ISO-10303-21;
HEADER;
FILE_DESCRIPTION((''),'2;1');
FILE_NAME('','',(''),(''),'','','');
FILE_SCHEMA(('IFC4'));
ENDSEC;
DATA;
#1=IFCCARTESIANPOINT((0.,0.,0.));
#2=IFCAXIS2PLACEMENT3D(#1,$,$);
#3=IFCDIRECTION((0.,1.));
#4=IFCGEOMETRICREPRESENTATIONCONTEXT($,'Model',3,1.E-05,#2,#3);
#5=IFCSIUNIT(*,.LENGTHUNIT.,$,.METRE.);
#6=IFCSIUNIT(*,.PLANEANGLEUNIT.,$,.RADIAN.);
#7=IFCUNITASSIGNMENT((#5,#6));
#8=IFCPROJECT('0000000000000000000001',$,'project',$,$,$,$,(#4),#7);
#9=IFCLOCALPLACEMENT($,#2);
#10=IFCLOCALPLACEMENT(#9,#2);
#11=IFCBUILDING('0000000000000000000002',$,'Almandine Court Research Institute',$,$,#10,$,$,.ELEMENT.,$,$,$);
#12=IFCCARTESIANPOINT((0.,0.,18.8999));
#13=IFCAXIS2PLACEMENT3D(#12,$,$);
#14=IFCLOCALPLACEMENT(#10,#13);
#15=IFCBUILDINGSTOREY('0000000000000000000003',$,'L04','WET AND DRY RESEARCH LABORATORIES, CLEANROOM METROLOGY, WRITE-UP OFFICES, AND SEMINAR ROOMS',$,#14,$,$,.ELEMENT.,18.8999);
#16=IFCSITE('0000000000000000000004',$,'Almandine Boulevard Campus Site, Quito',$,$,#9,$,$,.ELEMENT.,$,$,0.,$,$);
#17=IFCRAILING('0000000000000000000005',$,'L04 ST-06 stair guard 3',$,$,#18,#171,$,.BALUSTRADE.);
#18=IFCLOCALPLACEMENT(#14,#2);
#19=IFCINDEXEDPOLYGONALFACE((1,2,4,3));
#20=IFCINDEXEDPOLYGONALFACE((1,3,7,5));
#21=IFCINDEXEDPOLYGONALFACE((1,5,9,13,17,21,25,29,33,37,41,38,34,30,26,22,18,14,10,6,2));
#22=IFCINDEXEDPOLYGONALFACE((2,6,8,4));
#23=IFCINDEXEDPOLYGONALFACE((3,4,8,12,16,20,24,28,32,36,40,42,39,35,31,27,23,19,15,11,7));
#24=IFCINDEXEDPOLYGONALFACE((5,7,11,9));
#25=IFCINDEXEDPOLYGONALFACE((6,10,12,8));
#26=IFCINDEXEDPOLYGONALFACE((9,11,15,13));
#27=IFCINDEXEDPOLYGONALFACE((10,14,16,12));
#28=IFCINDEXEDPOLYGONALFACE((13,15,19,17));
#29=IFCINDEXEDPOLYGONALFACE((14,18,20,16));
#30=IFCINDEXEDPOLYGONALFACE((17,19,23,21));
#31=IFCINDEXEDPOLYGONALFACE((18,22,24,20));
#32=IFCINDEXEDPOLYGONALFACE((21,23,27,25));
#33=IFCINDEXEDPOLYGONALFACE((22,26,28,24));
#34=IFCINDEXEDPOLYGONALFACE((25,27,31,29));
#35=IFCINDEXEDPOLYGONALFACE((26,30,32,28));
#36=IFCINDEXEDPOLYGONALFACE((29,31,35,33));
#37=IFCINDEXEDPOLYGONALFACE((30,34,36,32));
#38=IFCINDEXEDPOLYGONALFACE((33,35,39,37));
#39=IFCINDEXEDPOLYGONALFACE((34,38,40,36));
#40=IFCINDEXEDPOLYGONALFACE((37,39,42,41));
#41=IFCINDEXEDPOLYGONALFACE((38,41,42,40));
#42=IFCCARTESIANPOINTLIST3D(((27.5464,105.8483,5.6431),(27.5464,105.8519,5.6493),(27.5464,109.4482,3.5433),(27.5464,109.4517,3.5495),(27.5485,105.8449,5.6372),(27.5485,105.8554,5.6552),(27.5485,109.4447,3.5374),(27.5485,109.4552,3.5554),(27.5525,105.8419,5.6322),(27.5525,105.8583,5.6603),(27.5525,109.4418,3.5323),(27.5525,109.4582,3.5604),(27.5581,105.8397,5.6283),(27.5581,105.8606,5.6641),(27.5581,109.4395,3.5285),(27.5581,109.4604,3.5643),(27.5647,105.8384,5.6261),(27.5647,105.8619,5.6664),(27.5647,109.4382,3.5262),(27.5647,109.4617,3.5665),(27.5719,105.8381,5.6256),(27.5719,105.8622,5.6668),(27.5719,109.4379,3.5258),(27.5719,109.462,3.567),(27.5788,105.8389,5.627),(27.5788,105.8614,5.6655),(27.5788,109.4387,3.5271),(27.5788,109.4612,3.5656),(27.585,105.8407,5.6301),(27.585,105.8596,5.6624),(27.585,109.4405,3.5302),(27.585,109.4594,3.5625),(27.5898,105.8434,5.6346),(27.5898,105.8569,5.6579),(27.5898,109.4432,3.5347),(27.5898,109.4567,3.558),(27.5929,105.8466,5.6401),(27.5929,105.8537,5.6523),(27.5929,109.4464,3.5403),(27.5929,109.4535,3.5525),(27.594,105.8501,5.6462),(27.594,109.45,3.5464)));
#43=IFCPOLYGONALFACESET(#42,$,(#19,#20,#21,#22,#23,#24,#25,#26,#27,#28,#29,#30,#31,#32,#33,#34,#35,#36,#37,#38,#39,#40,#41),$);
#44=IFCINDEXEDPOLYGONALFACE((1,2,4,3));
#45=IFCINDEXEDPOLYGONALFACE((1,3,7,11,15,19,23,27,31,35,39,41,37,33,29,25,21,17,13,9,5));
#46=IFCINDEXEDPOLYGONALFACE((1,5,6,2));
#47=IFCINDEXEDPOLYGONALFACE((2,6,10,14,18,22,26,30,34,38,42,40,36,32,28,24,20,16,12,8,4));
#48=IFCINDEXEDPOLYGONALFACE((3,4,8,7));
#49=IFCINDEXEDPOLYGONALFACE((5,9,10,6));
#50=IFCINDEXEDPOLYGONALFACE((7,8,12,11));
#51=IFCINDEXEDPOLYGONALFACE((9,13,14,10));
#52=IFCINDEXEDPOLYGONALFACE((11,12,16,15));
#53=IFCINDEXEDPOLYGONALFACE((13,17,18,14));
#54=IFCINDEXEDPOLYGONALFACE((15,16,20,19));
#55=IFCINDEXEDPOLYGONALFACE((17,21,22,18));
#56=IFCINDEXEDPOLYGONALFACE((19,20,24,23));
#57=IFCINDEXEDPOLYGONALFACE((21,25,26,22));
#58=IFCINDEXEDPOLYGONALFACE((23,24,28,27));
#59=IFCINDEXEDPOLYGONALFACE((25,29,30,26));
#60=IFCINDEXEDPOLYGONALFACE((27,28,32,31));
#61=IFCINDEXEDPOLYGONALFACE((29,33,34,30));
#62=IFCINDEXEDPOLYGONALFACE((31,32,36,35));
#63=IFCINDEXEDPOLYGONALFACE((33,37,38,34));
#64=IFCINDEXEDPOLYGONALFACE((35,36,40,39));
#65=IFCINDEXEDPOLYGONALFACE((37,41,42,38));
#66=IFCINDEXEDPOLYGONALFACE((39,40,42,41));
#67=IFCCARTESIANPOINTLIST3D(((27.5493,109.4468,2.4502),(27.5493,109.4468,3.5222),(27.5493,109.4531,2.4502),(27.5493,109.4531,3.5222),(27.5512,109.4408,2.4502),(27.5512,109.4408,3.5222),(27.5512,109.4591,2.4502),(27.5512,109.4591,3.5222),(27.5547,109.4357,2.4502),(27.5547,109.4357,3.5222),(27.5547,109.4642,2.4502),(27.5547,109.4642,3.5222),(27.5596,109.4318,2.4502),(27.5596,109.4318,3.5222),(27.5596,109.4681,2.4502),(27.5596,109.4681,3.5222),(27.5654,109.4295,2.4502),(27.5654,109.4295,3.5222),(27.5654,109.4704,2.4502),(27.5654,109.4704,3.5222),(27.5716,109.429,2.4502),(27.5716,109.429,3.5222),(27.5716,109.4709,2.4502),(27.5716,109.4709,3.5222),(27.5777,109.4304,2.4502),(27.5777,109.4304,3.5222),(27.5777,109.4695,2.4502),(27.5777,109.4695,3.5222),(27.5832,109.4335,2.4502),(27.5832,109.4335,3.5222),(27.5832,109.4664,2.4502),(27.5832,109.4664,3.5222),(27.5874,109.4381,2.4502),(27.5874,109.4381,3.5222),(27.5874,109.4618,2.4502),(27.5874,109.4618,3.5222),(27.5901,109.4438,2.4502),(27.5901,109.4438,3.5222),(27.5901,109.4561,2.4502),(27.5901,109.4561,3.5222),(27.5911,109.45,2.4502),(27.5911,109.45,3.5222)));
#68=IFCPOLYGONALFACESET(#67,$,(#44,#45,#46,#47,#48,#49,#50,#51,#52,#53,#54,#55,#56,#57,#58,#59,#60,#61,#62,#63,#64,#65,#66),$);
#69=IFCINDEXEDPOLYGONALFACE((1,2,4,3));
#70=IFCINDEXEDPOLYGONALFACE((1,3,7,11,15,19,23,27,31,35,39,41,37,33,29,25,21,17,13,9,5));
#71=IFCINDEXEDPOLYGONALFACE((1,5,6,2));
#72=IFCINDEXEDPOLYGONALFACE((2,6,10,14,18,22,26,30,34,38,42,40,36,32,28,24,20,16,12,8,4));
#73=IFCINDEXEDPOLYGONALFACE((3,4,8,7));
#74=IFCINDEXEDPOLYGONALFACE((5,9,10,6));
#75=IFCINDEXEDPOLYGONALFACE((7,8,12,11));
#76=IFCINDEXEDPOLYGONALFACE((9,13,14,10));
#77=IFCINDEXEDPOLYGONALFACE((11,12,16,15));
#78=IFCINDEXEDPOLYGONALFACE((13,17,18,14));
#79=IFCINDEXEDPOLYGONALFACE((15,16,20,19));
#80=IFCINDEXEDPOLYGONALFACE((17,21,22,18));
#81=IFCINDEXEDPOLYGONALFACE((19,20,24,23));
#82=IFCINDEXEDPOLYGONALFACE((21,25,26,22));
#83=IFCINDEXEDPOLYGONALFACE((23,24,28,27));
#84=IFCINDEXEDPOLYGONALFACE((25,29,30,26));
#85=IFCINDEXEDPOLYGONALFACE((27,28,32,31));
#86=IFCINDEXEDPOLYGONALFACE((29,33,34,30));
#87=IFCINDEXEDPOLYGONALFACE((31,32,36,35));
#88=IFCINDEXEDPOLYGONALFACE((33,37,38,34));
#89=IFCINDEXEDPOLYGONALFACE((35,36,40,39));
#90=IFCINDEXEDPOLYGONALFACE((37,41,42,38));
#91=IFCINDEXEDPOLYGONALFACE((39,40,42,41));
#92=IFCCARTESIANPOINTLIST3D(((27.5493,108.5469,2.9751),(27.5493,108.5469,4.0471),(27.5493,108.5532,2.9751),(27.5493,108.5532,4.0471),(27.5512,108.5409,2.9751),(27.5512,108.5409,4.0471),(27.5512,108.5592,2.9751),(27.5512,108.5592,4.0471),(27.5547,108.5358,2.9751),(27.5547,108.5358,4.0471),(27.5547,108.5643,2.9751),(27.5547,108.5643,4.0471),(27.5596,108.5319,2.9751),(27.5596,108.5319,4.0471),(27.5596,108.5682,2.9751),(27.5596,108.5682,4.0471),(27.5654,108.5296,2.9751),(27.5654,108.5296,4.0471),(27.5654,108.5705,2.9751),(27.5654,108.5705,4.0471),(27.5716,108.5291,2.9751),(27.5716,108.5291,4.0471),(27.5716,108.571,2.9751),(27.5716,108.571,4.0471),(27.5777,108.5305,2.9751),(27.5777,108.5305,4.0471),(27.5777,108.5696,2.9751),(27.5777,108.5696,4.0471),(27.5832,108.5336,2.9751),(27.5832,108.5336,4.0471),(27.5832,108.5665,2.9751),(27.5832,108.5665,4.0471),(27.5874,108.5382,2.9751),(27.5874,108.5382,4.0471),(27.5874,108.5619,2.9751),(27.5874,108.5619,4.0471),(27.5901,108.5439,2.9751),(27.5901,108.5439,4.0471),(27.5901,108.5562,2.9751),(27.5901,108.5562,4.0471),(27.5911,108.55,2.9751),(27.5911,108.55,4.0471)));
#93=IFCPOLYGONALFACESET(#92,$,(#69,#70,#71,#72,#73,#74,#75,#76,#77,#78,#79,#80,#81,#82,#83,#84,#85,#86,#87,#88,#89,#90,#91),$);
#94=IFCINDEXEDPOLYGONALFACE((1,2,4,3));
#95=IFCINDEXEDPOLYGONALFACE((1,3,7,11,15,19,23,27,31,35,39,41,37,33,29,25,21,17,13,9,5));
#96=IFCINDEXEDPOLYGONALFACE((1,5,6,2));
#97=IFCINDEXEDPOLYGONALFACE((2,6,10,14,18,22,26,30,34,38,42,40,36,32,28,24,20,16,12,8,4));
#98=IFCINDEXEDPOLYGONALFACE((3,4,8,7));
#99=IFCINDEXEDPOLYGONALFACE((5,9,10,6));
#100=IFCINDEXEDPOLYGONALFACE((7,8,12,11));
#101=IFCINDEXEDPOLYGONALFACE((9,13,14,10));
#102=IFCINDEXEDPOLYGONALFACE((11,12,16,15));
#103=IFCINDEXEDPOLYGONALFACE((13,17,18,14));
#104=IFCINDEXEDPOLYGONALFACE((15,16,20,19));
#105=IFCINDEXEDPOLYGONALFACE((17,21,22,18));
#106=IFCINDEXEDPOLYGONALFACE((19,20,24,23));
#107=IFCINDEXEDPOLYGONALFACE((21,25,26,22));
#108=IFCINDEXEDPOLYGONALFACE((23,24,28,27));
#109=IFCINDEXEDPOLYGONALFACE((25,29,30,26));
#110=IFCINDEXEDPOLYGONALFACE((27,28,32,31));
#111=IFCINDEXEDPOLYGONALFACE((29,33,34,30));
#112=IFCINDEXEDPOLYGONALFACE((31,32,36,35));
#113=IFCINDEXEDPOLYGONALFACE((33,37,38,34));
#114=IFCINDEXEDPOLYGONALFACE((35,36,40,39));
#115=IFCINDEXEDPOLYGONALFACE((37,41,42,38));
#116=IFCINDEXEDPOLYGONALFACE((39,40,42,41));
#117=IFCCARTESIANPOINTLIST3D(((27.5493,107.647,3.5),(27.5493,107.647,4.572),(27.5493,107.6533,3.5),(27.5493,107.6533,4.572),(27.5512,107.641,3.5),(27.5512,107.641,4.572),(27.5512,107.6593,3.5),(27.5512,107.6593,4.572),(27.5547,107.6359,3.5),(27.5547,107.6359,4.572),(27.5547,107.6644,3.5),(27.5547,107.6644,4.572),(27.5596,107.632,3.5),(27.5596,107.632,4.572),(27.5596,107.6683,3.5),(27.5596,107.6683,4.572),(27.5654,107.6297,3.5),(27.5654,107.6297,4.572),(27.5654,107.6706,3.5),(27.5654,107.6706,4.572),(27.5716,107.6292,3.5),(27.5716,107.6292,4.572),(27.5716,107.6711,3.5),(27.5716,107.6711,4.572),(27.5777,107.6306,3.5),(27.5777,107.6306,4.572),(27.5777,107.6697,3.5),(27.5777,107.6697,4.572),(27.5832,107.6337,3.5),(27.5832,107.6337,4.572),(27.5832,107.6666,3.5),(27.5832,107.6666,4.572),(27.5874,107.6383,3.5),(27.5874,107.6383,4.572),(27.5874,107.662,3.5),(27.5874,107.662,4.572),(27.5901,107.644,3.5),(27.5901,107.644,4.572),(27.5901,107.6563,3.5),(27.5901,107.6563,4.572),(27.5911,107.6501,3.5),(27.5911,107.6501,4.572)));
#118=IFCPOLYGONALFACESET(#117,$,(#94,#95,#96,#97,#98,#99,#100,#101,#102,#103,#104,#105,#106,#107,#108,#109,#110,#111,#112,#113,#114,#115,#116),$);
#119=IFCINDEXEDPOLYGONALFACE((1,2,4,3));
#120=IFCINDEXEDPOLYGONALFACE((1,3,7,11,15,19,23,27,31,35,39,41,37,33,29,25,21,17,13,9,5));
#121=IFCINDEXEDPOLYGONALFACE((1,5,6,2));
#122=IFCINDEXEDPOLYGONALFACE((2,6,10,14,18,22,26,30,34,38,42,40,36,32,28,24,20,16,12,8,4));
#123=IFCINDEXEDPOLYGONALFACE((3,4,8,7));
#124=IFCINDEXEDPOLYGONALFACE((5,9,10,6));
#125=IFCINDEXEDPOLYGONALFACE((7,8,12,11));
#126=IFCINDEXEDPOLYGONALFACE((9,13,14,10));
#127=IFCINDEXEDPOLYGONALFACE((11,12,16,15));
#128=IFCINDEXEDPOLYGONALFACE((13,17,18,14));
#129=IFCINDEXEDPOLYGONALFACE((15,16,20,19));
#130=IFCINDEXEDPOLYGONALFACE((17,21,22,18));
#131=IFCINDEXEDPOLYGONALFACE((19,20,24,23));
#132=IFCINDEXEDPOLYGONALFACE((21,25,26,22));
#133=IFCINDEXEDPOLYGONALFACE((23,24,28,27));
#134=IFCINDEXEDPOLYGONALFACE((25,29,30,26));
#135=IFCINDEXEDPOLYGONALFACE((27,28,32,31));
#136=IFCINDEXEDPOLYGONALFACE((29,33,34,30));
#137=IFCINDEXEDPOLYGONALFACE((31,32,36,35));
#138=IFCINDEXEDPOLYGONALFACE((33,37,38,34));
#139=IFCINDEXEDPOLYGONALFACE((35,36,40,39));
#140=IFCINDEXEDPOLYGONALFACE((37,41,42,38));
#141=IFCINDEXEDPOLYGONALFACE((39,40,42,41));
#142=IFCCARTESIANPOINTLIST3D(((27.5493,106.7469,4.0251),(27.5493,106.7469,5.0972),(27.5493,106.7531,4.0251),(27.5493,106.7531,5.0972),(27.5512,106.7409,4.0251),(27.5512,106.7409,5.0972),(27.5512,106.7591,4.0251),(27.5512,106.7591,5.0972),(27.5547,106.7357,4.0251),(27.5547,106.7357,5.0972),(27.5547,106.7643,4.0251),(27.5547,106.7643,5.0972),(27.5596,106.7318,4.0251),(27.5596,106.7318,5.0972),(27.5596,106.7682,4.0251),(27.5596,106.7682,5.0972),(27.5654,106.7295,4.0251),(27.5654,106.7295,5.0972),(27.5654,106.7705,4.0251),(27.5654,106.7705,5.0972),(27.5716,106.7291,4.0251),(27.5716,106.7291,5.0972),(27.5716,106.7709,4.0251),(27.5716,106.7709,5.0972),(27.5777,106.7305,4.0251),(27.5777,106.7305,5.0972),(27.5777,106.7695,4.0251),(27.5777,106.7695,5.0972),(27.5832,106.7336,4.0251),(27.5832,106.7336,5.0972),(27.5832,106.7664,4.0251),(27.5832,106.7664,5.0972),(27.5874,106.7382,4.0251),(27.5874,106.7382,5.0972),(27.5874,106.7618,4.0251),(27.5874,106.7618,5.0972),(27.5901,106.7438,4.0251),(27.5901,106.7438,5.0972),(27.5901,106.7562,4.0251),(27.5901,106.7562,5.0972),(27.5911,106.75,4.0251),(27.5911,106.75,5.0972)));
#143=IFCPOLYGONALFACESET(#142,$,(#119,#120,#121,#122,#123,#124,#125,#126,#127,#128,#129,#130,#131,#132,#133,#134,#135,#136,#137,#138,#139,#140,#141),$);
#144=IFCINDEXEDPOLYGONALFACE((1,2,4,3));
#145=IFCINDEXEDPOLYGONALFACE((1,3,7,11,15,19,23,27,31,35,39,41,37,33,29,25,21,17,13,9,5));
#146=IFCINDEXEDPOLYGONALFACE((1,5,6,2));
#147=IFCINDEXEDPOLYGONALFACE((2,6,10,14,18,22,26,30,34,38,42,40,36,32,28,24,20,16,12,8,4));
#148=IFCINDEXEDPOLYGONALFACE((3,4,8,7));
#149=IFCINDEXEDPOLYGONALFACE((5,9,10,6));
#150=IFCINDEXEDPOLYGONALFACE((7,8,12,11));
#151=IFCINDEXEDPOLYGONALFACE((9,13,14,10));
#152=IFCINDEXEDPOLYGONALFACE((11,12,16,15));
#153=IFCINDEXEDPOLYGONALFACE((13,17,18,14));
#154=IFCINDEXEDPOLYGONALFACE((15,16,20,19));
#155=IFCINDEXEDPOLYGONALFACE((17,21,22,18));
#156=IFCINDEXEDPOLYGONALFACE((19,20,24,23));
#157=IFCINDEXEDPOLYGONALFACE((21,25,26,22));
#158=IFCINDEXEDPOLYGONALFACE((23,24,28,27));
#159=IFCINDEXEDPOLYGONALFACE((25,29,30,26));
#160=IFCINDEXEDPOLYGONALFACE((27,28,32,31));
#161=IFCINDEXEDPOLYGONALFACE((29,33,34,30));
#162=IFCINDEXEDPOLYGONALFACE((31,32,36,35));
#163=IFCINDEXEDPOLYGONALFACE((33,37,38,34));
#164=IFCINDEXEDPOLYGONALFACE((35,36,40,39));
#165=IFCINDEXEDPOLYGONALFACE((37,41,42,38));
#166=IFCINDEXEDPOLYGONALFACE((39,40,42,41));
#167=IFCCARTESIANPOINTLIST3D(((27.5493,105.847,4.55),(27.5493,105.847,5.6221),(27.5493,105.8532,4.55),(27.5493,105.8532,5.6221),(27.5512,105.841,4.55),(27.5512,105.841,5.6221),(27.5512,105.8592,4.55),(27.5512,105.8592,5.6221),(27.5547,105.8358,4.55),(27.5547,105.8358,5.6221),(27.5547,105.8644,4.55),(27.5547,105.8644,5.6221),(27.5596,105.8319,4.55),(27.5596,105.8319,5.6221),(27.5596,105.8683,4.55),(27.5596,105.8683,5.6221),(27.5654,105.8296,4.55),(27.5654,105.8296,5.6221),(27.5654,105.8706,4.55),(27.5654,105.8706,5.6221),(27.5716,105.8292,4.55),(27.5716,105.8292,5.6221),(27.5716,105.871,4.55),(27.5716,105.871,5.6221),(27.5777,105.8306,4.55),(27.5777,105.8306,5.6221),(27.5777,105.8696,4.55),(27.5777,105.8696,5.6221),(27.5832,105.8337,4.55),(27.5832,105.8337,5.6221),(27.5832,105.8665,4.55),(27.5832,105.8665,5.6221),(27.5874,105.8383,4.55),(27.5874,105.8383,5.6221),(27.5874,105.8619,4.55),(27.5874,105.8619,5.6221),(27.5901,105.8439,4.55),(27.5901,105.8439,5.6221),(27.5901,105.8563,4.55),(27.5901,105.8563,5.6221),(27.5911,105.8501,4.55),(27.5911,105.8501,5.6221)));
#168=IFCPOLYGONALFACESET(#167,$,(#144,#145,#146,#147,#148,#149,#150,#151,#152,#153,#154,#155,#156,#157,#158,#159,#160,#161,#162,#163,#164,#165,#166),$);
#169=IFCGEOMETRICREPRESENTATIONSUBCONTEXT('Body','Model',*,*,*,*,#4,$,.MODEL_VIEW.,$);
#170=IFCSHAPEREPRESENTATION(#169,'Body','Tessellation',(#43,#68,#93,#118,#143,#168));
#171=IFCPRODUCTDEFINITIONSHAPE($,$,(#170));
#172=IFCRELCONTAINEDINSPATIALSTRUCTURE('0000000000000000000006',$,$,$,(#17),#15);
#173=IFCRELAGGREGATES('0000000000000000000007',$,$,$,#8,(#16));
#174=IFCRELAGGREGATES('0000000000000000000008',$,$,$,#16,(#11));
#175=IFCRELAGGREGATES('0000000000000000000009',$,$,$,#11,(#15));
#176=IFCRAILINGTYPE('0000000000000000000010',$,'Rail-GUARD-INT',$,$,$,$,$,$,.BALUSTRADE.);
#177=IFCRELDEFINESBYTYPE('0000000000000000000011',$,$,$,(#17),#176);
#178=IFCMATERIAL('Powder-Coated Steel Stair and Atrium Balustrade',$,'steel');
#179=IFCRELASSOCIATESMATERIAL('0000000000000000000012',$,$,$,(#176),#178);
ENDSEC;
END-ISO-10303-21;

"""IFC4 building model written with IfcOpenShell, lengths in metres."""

from ifc_helpers import new_model, si_unit, direction, frame, origin, origin_2d, place, context, subcontext, project, spatial, circle, extrude, material, type_object, element, save


model = new_model("IFC4")

# Units and contexts
model_context = context("Model", 3, precision=1e-05, world=origin(), true_north=direction((0.0, 1.0)))
body_context = subcontext(model_context, "Body", "Model", "MODEL_VIEW")
ifc_project = project(units=[si_unit("LENGTHUNIT", "METRE"), si_unit("PLANEANGLEUNIT", "RADIAN")], contexts=[model_context])

# Site, building, storey
site_placement = place(None, origin())
site = spatial("IfcSite", under=ifc_project, at=site_placement, Name="Almandine Boulevard Campus Site, Quito", CompositionType="ELEMENT", RefElevation=0.0)
building_placement = place(site_placement, origin())
building = spatial("IfcBuilding", under=site, at=building_placement, Name="Almandine Court Research Institute", CompositionType="ELEMENT")
storey_placement = place(building_placement, frame((0.0, 0.0, 18.8999)))
storey = spatial("IfcBuildingStorey", under=building, at=storey_placement, Name="L04", Description="WET AND DRY RESEARCH LABORATORIES, CLEANROOM METROLOGY, WRITE-UP OFFICES, AND SEMINAR ROOMS", CompositionType="ELEMENT", Elevation=18.8999)

# Railing
ifc_material_1 = material(Name="Powder-Coated Steel Stair and Atrium Balustrade", Category="steel")
railing_type_1 = type_object("IfcRailingType", Name="Rail-GUARD-INT", PredefinedType="BALUSTRADE", material=ifc_material_1)
railing_1_placement = place(storey_placement, frame((27.5701, 109.45, 2.4502)))
element("IfcRailing", 1, at=railing_1_placement, inside=storey, type_object=railing_type_1, Name="L04 ST-06 stair guard 3", PredefinedType="BALUSTRADE", context=body_context, shape_type="SweptSolid", body=[
    extrude(circle(Radius=0.0239, at=origin_2d()), frame((0.0, 0.0, 1.0962), z_axis=(0.0, -0.863785, 0.50386), x_axis=(1.0, 0.0, 0.0)), (0.0, 0.0, 1.0), 4.1675),
    extrude(circle(Radius=0.021, at=origin_2d()), origin(), (0.0, 0.0, 1.0), 1.072),
    extrude(circle(Radius=0.021, at=origin_2d()), frame((0.0, -0.8999, 0.5249)), (0.0, 0.0, 1.0), 1.072),
    extrude(circle(Radius=0.021, at=origin_2d()), frame((0.0, -1.7998, 1.0498)), (0.0, 0.0, 1.0), 1.072),
    extrude(circle(Radius=0.021, at=origin_2d()), frame((0.0, -2.7, 1.575)), (0.0, 0.0, 1.0), 1.072),
    extrude(circle(Radius=0.021, at=origin_2d()), frame((0.0, -3.5999, 2.0999)), (0.0, 0.0, 1.0), 1.072),
])

save(model, "model.ifc")
